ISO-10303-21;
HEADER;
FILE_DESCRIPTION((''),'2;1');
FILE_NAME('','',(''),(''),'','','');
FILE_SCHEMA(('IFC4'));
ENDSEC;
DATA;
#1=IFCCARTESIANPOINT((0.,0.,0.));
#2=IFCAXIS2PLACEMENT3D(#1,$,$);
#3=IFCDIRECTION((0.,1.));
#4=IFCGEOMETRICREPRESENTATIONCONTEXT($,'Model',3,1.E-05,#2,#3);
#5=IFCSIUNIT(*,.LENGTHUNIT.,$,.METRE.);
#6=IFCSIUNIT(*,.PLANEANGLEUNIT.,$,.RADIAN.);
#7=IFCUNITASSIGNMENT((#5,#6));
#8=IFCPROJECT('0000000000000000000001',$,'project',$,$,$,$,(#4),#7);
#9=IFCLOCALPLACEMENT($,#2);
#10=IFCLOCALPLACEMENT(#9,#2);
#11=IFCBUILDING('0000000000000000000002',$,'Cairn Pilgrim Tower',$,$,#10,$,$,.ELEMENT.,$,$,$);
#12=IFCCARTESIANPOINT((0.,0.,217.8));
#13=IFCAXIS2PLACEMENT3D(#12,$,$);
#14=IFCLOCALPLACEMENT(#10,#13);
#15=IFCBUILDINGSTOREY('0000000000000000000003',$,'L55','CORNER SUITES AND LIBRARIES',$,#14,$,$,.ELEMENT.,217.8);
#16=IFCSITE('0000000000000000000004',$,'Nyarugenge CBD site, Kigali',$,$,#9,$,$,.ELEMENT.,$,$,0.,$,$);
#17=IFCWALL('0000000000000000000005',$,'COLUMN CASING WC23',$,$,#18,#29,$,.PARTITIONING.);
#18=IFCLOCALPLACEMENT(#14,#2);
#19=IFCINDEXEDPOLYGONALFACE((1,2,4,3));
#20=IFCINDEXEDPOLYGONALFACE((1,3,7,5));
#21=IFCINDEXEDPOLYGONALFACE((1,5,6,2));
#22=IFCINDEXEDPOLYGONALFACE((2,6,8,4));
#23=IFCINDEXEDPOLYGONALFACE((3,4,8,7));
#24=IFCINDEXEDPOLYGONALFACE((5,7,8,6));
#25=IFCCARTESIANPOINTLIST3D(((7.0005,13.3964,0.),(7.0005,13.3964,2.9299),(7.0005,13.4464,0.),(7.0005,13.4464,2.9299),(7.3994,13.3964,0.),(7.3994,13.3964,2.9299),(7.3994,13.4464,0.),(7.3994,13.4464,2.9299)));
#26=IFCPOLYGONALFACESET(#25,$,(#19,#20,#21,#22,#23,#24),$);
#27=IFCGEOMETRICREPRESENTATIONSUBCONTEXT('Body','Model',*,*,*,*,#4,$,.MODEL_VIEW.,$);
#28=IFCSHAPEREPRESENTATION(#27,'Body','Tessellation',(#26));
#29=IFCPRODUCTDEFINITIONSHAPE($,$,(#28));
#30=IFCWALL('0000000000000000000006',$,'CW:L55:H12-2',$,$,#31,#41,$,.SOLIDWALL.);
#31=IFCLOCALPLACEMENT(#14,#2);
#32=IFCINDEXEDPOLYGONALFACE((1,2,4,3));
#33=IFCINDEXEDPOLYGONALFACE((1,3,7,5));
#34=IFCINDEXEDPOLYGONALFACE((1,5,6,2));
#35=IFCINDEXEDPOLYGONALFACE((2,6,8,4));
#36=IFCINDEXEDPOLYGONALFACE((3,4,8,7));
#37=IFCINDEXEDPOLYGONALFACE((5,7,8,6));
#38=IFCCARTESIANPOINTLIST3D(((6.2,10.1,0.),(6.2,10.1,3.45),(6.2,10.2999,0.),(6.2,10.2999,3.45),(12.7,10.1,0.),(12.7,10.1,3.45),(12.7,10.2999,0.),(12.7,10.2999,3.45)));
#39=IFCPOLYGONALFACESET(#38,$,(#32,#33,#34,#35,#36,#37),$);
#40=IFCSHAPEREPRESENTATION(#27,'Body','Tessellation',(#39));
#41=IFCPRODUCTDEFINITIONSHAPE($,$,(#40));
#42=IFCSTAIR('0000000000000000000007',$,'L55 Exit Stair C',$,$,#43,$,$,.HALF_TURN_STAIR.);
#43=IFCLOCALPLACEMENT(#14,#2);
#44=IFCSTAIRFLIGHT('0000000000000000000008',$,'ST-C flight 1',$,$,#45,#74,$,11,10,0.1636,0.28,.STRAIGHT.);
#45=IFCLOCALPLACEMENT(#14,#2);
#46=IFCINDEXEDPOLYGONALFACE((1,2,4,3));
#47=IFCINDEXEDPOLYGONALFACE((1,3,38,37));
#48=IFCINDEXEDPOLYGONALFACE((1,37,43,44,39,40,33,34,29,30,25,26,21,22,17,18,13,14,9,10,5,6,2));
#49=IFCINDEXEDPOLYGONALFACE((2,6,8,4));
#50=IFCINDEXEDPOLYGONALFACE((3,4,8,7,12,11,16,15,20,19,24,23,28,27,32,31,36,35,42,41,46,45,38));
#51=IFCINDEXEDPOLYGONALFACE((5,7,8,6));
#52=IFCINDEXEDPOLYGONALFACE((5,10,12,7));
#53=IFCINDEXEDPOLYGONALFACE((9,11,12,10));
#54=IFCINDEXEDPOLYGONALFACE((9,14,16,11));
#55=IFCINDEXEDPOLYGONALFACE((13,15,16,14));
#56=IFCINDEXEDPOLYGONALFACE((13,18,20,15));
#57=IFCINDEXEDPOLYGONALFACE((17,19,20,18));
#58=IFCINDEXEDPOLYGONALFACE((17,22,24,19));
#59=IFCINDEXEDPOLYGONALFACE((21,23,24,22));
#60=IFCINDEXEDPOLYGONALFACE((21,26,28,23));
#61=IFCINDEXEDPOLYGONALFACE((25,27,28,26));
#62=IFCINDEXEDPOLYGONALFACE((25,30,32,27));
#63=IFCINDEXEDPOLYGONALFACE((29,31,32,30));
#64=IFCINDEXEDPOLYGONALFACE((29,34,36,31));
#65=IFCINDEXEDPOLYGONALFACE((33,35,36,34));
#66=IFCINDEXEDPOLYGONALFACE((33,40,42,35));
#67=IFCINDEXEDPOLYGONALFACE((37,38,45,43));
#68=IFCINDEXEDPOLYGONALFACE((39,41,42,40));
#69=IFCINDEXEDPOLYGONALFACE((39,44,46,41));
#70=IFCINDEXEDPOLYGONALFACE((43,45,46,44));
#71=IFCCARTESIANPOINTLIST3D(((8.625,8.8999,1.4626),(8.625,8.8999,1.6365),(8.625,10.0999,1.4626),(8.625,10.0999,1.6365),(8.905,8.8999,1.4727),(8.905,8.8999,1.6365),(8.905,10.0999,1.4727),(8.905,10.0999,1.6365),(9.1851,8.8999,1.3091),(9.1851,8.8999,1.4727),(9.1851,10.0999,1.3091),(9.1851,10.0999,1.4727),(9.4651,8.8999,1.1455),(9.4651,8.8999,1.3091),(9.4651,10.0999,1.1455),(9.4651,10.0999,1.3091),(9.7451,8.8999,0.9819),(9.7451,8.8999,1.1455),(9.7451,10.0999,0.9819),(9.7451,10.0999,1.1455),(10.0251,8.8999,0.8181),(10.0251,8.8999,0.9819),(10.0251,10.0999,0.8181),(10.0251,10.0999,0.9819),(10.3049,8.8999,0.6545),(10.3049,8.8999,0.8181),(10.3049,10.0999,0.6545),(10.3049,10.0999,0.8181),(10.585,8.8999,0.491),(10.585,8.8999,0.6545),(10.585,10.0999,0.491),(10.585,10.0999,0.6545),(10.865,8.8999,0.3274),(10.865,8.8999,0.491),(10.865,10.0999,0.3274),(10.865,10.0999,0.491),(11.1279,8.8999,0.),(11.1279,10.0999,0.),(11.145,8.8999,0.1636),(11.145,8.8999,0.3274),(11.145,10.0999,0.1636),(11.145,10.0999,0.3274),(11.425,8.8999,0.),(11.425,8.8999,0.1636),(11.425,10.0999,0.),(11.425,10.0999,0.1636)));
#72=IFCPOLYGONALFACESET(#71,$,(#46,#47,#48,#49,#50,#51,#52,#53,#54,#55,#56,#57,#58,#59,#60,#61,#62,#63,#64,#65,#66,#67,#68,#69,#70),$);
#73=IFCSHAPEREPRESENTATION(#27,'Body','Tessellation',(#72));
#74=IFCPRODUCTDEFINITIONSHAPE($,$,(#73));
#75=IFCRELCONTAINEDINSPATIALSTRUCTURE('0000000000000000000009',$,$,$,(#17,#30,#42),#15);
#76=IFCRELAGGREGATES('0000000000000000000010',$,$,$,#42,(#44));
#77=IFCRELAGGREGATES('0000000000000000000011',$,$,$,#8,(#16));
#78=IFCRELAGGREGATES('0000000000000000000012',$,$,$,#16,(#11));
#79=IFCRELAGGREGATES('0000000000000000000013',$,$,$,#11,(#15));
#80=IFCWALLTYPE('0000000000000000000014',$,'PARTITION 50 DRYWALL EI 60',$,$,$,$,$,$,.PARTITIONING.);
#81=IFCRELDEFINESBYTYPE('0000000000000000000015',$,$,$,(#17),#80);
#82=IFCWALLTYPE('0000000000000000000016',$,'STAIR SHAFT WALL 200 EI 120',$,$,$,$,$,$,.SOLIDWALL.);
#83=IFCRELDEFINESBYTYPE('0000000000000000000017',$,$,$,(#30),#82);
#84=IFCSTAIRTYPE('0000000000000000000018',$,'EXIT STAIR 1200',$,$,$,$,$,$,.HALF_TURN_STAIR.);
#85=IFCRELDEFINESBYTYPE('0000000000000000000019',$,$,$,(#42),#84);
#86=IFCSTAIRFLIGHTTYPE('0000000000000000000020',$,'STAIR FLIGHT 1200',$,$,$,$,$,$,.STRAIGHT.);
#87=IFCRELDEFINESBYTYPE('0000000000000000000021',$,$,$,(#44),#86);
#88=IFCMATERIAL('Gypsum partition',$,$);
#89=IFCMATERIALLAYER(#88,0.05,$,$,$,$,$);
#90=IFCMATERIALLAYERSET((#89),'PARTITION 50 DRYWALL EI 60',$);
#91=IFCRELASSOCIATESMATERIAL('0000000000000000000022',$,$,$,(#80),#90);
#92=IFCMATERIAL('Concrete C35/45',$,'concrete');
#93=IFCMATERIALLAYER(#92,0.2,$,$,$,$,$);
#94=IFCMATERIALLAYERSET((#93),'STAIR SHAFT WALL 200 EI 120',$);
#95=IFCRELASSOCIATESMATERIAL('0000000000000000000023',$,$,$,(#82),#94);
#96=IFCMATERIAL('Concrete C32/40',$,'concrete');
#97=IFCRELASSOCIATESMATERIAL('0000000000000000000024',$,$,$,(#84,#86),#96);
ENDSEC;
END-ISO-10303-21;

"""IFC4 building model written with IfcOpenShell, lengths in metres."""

from ifc_helpers import new_model, si_unit, direction, frame, frame_2d, origin, place, context, subcontext, project, spatial, polyline, rectangle, outline, extrude, material, layer, layer_set, type_object, element, aggregate, save


model = new_model("IFC4")

# Units and contexts
model_context = context("Model", 3, precision=1e-05, world=origin(), true_north=direction((0.0, 1.0)))
body_context = subcontext(model_context, "Body", "Model", "MODEL_VIEW")
ifc_project = project(units=[si_unit("LENGTHUNIT", "METRE"), si_unit("PLANEANGLEUNIT", "RADIAN")], contexts=[model_context])

# Site, building, storey
site_placement = place(None, origin())
site = spatial("IfcSite", under=ifc_project, at=site_placement, Name="Nyarugenge CBD site, Kigali", CompositionType="ELEMENT", RefElevation=0.0)
building_placement = place(site_placement, origin())
building = spatial("IfcBuilding", under=site, at=building_placement, Name="Cairn Pilgrim Tower", CompositionType="ELEMENT")
storey_placement = place(building_placement, frame((0.0, 0.0, 217.8)))
storey = spatial("IfcBuildingStorey", under=building, at=storey_placement, Name="L55", Description="CORNER SUITES AND LIBRARIES", CompositionType="ELEMENT", Elevation=217.8)

# Walls
ifc_material_1 = material(Name="Gypsum partition")
ifc_layer_1 = layer(ifc_material_1, 0.05)
ifc_layer_set_1 = layer_set([ifc_layer_1], Name="PARTITION 50 DRYWALL EI 60")
wall_type_1 = type_object("IfcWallType", Name="PARTITION 50 DRYWALL EI 60", PredefinedType="PARTITIONING", material=ifc_layer_set_1)
wall_1_placement = place(storey_placement, frame((7.0005, 13.4214, 0.0), z_axis=(0.0, 0.0, 1.0), x_axis=(1.0, 0.0, 0.0)))
element("IfcWall", 1, at=wall_1_placement, inside=storey, type_object=wall_type_1, Name="COLUMN CASING WC23", PredefinedType="PARTITIONING", context=body_context, shape_type="SweptSolid", body=[
    extrude(rectangle(XDim=0.3989, YDim=0.05, at=frame_2d((0.1995, 0.0))), origin(), (0.0, 0.0, 1.0), 2.9299),
])
ifc_material_2 = material(Name="Concrete C35/45", Category="concrete")
ifc_layer_2 = layer(ifc_material_2, 0.2)
ifc_layer_set_2 = layer_set([ifc_layer_2], Name="STAIR SHAFT WALL 200 EI 120")
wall_type_2 = type_object("IfcWallType", Name="STAIR SHAFT WALL 200 EI 120", PredefinedType="SOLIDWALL", material=ifc_layer_set_2)
wall_2_placement = place(storey_placement, frame((6.2, 10.2, 0.0), z_axis=(0.0, 0.0, 1.0), x_axis=(1.0, 0.0, 0.0)))
element("IfcWall", 2, at=wall_2_placement, inside=storey, type_object=wall_type_2, Name="CW:L55:H12-2", PredefinedType="SOLIDWALL", context=body_context, shape_type="SweptSolid", body=[
    extrude(rectangle(XDim=6.5, YDim=0.2, at=frame_2d((3.25, 0.0))), origin(), (0.0, 0.0, 1.0), 3.45),
])

# Stair, stair flight
ifc_material_3 = material(Name="Concrete C32/40", Category="concrete")
stair_type = type_object("IfcStairType", Name="EXIT STAIR 1200", PredefinedType="HALF_TURN_STAIR", material=ifc_material_3)
stair_placement = place(storey_placement, origin())
stair = element("IfcStair", 3, at=stair_placement, inside=storey, type_object=stair_type, Name="L55 Exit Stair C", PredefinedType="HALF_TURN_STAIR")
stair_flight_type = type_object("IfcStairFlightType", Name="STAIR FLIGHT 1200", PredefinedType="STRAIGHT", material=ifc_material_3)
stair_flight_placement = place(storey_placement, frame((11.425, 9.5, 0.0), z_axis=(0.0, 0.0, 1.0), x_axis=(-1.0, 0.0, 0.0)))
stair_flight = element("IfcStairFlight", 4, at=stair_flight_placement, type_object=stair_flight_type, Name="ST-C flight 1", NumberOfRisers=11, NumberOfTreads=10, PredefinedType="STRAIGHT", RiserHeight=0.1636, TreadLength=0.28, context=body_context, shape_type="SweptSolid", body=[
    extrude(outline(polyline([(0.0, 0.0), (0.0, 0.1636), (0.28, 0.1636), (0.28, 0.3274), (0.5601, 0.3274), (0.5601, 0.491), (0.8401, 0.491), (0.8401, 0.6545), (1.1201, 0.6545), (1.1201, 0.8181), (1.3999, 0.8181), (1.3999, 0.9819), (1.6799, 0.9819), (1.6799, 1.1455), (1.96, 1.1455), (1.96, 1.3091), (2.24, 1.3091), (2.24, 1.4727), (2.52, 1.4727), (2.52, 1.6365), (2.8, 1.6365), (2.8, 1.8), (2.8, 1.4626), (0.2971, 0.0), (0.0, 0.0)])), frame((0.0, 0.6001, 0.0), z_axis=(0.0, -1.0, 0.0), x_axis=(1.0, 0.0, 0.0)), (0.0, 0.0, 1.0), 1.2),
])
aggregate(stair, [stair_flight])

save(model, "model.ifc")
